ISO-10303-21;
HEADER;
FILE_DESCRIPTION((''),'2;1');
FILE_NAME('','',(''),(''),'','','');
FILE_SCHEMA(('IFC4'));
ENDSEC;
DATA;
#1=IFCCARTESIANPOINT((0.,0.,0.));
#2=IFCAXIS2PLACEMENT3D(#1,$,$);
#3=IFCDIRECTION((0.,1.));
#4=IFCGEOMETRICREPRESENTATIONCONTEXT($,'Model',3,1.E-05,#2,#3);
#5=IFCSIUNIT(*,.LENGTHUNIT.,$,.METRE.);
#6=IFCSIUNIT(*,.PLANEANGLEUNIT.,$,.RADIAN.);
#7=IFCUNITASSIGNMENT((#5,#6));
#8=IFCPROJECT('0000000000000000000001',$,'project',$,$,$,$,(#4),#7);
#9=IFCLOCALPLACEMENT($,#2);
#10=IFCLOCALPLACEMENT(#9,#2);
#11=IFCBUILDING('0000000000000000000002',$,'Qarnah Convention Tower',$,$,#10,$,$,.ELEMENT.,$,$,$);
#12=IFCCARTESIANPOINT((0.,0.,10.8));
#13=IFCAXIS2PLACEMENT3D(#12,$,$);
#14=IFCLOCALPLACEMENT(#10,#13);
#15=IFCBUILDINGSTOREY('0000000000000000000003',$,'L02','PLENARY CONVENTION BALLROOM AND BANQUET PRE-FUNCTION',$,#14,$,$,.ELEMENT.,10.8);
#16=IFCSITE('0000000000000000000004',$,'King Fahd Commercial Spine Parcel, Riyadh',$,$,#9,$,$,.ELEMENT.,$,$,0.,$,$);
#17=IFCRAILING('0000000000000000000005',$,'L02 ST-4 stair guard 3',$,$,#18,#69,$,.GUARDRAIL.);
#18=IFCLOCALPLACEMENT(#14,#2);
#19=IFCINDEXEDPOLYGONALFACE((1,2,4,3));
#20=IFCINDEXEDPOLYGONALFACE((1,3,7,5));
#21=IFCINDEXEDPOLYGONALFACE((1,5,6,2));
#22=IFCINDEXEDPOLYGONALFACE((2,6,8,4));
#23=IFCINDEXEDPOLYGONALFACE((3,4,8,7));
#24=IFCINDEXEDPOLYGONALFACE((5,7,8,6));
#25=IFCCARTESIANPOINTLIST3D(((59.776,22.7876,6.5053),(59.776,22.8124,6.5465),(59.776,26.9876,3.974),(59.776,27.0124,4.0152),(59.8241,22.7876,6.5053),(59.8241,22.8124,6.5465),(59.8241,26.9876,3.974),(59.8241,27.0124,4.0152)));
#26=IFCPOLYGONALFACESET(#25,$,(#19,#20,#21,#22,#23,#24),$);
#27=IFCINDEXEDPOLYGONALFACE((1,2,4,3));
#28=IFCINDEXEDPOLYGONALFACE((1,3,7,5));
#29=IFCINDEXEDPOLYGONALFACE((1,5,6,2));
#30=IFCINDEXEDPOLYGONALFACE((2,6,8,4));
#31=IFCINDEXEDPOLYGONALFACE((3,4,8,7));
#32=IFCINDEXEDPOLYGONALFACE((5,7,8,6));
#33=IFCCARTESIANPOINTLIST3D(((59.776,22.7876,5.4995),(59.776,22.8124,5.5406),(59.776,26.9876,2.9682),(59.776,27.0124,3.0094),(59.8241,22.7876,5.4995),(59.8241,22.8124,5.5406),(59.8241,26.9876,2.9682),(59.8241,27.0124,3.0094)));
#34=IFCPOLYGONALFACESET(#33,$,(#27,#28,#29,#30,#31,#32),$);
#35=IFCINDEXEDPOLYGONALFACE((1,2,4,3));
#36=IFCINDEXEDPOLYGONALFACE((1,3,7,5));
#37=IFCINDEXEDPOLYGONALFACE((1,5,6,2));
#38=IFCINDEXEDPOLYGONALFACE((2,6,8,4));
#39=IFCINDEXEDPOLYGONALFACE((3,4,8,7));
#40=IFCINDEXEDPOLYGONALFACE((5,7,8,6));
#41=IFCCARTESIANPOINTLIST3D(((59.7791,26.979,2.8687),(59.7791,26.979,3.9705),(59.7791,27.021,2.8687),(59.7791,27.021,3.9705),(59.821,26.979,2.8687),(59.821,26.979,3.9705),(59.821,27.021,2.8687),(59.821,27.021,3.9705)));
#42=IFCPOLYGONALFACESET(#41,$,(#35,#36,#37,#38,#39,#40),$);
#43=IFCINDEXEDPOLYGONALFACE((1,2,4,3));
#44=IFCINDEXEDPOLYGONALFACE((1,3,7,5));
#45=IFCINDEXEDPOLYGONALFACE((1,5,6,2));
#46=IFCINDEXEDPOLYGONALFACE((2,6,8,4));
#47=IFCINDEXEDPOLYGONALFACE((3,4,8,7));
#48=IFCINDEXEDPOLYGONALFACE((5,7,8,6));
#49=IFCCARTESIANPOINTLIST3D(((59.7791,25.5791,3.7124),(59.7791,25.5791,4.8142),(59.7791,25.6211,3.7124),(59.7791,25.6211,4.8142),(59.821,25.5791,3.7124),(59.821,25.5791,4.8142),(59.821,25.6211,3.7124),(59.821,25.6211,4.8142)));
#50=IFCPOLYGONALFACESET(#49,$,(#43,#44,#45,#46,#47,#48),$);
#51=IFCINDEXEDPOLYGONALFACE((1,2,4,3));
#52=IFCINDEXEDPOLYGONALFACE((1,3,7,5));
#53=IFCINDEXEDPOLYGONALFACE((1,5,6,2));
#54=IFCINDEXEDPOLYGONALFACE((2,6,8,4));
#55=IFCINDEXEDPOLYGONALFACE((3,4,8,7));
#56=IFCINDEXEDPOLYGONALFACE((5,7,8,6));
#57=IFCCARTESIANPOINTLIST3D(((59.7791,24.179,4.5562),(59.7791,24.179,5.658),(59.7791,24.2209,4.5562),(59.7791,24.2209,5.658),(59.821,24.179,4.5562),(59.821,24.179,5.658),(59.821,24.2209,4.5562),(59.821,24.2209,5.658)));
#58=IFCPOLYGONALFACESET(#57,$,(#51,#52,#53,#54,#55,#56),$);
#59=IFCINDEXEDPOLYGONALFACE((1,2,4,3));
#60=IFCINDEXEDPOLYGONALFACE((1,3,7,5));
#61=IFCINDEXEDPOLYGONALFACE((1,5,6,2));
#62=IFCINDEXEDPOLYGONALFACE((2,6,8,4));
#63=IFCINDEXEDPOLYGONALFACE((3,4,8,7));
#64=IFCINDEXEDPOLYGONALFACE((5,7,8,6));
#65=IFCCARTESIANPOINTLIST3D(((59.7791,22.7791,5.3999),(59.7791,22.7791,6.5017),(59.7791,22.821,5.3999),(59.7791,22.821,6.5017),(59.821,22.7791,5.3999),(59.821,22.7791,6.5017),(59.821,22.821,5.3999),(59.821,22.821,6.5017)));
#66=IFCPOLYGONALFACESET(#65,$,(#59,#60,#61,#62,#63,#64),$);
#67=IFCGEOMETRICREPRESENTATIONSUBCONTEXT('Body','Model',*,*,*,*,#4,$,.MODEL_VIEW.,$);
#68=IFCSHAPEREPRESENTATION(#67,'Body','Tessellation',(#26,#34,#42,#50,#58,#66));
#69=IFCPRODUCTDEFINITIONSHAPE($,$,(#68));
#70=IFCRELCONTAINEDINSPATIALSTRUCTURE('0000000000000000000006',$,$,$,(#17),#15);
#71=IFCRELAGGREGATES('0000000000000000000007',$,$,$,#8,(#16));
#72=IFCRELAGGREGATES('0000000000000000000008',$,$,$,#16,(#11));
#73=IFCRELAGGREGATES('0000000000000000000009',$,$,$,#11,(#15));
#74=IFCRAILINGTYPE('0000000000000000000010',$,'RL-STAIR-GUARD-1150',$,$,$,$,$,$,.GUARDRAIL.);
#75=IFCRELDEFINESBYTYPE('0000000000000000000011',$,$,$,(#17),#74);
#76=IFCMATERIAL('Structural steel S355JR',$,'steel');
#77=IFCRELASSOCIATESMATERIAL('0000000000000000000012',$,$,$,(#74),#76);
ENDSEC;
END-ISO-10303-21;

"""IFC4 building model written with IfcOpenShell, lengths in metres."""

from ifc_helpers import new_model, si_unit, direction, frame, origin, origin_2d, place, context, subcontext, project, spatial, rectangle, extrude, material, type_object, element, save


model = new_model("IFC4")

# Units and contexts
model_context = context("Model", 3, precision=1e-05, world=origin(), true_north=direction((0.0, 1.0)))
body_context = subcontext(model_context, "Body", "Model", "MODEL_VIEW")
ifc_project = project(units=[si_unit("LENGTHUNIT", "METRE"), si_unit("PLANEANGLEUNIT", "RADIAN")], contexts=[model_context])

# Site, building, storey
site_placement = place(None, origin())
site = spatial("IfcSite", under=ifc_project, at=site_placement, Name="King Fahd Commercial Spine Parcel, Riyadh", CompositionType="ELEMENT", RefElevation=0.0)
building_placement = place(site_placement, origin())
building = spatial("IfcBuilding", under=site, at=building_placement, Name="Qarnah Convention Tower", CompositionType="ELEMENT")
storey_placement = place(building_placement, frame((0.0, 0.0, 10.8)))
storey = spatial("IfcBuildingStorey", under=building, at=storey_placement, Name="L02", Description="PLENARY CONVENTION BALLROOM AND BANQUET PRE-FUNCTION", CompositionType="ELEMENT", Elevation=10.8)

# Shared definitions
ifc_material_1 = material(Name="Structural steel S355JR", Category="steel")

# Railing
railing_type = type_object("IfcRailingType", Name="RL-STAIR-GUARD-1150", PredefinedType="GUARDRAIL", material=ifc_material_1)
railing_1_placement = place(storey_placement, frame((59.8, 27.0, 2.8687)))
element("IfcRailing", 1, at=railing_1_placement, inside=storey, type_object=railing_type, Name="L02 ST-4 stair guard 3", PredefinedType="GUARDRAIL", context=body_context, shape_type="SweptSolid", body=[
    extrude(rectangle(XDim=0.0481, YDim=0.0481, at=origin_2d()), frame((0.0, 0.0, 1.126), z_axis=(0.0, -0.856476, 0.516186), x_axis=(1.0, 0.0, 0.0)), (0.0, 0.0, 1.0), 4.9038),
    extrude(rectangle(XDim=0.0481, YDim=0.0481, at=origin_2d()), frame((0.0, 0.0, 0.1201), z_axis=(0.0, -0.856476, 0.516186), x_axis=(1.0, 0.0, 0.0)), (0.0, 0.0, 1.0), 4.9038),
    extrude(rectangle(XDim=0.042, YDim=0.042, at=origin_2d()), origin(), (0.0, 0.0, 1.0), 1.1018),
    extrude(rectangle(XDim=0.042, YDim=0.042, at=origin_2d()), frame((0.0, -1.3999, 0.8438)), (0.0, 0.0, 1.0), 1.1018),
    extrude(rectangle(XDim=0.042, YDim=0.042, at=origin_2d()), frame((0.0, -2.8, 1.6875)), (0.0, 0.0, 1.0), 1.1018),
    extrude(rectangle(XDim=0.042, YDim=0.042, at=origin_2d()), frame((0.0, -4.2, 2.5312)), (0.0, 0.0, 1.0), 1.1018),
])

save(model, "model.ifc")
